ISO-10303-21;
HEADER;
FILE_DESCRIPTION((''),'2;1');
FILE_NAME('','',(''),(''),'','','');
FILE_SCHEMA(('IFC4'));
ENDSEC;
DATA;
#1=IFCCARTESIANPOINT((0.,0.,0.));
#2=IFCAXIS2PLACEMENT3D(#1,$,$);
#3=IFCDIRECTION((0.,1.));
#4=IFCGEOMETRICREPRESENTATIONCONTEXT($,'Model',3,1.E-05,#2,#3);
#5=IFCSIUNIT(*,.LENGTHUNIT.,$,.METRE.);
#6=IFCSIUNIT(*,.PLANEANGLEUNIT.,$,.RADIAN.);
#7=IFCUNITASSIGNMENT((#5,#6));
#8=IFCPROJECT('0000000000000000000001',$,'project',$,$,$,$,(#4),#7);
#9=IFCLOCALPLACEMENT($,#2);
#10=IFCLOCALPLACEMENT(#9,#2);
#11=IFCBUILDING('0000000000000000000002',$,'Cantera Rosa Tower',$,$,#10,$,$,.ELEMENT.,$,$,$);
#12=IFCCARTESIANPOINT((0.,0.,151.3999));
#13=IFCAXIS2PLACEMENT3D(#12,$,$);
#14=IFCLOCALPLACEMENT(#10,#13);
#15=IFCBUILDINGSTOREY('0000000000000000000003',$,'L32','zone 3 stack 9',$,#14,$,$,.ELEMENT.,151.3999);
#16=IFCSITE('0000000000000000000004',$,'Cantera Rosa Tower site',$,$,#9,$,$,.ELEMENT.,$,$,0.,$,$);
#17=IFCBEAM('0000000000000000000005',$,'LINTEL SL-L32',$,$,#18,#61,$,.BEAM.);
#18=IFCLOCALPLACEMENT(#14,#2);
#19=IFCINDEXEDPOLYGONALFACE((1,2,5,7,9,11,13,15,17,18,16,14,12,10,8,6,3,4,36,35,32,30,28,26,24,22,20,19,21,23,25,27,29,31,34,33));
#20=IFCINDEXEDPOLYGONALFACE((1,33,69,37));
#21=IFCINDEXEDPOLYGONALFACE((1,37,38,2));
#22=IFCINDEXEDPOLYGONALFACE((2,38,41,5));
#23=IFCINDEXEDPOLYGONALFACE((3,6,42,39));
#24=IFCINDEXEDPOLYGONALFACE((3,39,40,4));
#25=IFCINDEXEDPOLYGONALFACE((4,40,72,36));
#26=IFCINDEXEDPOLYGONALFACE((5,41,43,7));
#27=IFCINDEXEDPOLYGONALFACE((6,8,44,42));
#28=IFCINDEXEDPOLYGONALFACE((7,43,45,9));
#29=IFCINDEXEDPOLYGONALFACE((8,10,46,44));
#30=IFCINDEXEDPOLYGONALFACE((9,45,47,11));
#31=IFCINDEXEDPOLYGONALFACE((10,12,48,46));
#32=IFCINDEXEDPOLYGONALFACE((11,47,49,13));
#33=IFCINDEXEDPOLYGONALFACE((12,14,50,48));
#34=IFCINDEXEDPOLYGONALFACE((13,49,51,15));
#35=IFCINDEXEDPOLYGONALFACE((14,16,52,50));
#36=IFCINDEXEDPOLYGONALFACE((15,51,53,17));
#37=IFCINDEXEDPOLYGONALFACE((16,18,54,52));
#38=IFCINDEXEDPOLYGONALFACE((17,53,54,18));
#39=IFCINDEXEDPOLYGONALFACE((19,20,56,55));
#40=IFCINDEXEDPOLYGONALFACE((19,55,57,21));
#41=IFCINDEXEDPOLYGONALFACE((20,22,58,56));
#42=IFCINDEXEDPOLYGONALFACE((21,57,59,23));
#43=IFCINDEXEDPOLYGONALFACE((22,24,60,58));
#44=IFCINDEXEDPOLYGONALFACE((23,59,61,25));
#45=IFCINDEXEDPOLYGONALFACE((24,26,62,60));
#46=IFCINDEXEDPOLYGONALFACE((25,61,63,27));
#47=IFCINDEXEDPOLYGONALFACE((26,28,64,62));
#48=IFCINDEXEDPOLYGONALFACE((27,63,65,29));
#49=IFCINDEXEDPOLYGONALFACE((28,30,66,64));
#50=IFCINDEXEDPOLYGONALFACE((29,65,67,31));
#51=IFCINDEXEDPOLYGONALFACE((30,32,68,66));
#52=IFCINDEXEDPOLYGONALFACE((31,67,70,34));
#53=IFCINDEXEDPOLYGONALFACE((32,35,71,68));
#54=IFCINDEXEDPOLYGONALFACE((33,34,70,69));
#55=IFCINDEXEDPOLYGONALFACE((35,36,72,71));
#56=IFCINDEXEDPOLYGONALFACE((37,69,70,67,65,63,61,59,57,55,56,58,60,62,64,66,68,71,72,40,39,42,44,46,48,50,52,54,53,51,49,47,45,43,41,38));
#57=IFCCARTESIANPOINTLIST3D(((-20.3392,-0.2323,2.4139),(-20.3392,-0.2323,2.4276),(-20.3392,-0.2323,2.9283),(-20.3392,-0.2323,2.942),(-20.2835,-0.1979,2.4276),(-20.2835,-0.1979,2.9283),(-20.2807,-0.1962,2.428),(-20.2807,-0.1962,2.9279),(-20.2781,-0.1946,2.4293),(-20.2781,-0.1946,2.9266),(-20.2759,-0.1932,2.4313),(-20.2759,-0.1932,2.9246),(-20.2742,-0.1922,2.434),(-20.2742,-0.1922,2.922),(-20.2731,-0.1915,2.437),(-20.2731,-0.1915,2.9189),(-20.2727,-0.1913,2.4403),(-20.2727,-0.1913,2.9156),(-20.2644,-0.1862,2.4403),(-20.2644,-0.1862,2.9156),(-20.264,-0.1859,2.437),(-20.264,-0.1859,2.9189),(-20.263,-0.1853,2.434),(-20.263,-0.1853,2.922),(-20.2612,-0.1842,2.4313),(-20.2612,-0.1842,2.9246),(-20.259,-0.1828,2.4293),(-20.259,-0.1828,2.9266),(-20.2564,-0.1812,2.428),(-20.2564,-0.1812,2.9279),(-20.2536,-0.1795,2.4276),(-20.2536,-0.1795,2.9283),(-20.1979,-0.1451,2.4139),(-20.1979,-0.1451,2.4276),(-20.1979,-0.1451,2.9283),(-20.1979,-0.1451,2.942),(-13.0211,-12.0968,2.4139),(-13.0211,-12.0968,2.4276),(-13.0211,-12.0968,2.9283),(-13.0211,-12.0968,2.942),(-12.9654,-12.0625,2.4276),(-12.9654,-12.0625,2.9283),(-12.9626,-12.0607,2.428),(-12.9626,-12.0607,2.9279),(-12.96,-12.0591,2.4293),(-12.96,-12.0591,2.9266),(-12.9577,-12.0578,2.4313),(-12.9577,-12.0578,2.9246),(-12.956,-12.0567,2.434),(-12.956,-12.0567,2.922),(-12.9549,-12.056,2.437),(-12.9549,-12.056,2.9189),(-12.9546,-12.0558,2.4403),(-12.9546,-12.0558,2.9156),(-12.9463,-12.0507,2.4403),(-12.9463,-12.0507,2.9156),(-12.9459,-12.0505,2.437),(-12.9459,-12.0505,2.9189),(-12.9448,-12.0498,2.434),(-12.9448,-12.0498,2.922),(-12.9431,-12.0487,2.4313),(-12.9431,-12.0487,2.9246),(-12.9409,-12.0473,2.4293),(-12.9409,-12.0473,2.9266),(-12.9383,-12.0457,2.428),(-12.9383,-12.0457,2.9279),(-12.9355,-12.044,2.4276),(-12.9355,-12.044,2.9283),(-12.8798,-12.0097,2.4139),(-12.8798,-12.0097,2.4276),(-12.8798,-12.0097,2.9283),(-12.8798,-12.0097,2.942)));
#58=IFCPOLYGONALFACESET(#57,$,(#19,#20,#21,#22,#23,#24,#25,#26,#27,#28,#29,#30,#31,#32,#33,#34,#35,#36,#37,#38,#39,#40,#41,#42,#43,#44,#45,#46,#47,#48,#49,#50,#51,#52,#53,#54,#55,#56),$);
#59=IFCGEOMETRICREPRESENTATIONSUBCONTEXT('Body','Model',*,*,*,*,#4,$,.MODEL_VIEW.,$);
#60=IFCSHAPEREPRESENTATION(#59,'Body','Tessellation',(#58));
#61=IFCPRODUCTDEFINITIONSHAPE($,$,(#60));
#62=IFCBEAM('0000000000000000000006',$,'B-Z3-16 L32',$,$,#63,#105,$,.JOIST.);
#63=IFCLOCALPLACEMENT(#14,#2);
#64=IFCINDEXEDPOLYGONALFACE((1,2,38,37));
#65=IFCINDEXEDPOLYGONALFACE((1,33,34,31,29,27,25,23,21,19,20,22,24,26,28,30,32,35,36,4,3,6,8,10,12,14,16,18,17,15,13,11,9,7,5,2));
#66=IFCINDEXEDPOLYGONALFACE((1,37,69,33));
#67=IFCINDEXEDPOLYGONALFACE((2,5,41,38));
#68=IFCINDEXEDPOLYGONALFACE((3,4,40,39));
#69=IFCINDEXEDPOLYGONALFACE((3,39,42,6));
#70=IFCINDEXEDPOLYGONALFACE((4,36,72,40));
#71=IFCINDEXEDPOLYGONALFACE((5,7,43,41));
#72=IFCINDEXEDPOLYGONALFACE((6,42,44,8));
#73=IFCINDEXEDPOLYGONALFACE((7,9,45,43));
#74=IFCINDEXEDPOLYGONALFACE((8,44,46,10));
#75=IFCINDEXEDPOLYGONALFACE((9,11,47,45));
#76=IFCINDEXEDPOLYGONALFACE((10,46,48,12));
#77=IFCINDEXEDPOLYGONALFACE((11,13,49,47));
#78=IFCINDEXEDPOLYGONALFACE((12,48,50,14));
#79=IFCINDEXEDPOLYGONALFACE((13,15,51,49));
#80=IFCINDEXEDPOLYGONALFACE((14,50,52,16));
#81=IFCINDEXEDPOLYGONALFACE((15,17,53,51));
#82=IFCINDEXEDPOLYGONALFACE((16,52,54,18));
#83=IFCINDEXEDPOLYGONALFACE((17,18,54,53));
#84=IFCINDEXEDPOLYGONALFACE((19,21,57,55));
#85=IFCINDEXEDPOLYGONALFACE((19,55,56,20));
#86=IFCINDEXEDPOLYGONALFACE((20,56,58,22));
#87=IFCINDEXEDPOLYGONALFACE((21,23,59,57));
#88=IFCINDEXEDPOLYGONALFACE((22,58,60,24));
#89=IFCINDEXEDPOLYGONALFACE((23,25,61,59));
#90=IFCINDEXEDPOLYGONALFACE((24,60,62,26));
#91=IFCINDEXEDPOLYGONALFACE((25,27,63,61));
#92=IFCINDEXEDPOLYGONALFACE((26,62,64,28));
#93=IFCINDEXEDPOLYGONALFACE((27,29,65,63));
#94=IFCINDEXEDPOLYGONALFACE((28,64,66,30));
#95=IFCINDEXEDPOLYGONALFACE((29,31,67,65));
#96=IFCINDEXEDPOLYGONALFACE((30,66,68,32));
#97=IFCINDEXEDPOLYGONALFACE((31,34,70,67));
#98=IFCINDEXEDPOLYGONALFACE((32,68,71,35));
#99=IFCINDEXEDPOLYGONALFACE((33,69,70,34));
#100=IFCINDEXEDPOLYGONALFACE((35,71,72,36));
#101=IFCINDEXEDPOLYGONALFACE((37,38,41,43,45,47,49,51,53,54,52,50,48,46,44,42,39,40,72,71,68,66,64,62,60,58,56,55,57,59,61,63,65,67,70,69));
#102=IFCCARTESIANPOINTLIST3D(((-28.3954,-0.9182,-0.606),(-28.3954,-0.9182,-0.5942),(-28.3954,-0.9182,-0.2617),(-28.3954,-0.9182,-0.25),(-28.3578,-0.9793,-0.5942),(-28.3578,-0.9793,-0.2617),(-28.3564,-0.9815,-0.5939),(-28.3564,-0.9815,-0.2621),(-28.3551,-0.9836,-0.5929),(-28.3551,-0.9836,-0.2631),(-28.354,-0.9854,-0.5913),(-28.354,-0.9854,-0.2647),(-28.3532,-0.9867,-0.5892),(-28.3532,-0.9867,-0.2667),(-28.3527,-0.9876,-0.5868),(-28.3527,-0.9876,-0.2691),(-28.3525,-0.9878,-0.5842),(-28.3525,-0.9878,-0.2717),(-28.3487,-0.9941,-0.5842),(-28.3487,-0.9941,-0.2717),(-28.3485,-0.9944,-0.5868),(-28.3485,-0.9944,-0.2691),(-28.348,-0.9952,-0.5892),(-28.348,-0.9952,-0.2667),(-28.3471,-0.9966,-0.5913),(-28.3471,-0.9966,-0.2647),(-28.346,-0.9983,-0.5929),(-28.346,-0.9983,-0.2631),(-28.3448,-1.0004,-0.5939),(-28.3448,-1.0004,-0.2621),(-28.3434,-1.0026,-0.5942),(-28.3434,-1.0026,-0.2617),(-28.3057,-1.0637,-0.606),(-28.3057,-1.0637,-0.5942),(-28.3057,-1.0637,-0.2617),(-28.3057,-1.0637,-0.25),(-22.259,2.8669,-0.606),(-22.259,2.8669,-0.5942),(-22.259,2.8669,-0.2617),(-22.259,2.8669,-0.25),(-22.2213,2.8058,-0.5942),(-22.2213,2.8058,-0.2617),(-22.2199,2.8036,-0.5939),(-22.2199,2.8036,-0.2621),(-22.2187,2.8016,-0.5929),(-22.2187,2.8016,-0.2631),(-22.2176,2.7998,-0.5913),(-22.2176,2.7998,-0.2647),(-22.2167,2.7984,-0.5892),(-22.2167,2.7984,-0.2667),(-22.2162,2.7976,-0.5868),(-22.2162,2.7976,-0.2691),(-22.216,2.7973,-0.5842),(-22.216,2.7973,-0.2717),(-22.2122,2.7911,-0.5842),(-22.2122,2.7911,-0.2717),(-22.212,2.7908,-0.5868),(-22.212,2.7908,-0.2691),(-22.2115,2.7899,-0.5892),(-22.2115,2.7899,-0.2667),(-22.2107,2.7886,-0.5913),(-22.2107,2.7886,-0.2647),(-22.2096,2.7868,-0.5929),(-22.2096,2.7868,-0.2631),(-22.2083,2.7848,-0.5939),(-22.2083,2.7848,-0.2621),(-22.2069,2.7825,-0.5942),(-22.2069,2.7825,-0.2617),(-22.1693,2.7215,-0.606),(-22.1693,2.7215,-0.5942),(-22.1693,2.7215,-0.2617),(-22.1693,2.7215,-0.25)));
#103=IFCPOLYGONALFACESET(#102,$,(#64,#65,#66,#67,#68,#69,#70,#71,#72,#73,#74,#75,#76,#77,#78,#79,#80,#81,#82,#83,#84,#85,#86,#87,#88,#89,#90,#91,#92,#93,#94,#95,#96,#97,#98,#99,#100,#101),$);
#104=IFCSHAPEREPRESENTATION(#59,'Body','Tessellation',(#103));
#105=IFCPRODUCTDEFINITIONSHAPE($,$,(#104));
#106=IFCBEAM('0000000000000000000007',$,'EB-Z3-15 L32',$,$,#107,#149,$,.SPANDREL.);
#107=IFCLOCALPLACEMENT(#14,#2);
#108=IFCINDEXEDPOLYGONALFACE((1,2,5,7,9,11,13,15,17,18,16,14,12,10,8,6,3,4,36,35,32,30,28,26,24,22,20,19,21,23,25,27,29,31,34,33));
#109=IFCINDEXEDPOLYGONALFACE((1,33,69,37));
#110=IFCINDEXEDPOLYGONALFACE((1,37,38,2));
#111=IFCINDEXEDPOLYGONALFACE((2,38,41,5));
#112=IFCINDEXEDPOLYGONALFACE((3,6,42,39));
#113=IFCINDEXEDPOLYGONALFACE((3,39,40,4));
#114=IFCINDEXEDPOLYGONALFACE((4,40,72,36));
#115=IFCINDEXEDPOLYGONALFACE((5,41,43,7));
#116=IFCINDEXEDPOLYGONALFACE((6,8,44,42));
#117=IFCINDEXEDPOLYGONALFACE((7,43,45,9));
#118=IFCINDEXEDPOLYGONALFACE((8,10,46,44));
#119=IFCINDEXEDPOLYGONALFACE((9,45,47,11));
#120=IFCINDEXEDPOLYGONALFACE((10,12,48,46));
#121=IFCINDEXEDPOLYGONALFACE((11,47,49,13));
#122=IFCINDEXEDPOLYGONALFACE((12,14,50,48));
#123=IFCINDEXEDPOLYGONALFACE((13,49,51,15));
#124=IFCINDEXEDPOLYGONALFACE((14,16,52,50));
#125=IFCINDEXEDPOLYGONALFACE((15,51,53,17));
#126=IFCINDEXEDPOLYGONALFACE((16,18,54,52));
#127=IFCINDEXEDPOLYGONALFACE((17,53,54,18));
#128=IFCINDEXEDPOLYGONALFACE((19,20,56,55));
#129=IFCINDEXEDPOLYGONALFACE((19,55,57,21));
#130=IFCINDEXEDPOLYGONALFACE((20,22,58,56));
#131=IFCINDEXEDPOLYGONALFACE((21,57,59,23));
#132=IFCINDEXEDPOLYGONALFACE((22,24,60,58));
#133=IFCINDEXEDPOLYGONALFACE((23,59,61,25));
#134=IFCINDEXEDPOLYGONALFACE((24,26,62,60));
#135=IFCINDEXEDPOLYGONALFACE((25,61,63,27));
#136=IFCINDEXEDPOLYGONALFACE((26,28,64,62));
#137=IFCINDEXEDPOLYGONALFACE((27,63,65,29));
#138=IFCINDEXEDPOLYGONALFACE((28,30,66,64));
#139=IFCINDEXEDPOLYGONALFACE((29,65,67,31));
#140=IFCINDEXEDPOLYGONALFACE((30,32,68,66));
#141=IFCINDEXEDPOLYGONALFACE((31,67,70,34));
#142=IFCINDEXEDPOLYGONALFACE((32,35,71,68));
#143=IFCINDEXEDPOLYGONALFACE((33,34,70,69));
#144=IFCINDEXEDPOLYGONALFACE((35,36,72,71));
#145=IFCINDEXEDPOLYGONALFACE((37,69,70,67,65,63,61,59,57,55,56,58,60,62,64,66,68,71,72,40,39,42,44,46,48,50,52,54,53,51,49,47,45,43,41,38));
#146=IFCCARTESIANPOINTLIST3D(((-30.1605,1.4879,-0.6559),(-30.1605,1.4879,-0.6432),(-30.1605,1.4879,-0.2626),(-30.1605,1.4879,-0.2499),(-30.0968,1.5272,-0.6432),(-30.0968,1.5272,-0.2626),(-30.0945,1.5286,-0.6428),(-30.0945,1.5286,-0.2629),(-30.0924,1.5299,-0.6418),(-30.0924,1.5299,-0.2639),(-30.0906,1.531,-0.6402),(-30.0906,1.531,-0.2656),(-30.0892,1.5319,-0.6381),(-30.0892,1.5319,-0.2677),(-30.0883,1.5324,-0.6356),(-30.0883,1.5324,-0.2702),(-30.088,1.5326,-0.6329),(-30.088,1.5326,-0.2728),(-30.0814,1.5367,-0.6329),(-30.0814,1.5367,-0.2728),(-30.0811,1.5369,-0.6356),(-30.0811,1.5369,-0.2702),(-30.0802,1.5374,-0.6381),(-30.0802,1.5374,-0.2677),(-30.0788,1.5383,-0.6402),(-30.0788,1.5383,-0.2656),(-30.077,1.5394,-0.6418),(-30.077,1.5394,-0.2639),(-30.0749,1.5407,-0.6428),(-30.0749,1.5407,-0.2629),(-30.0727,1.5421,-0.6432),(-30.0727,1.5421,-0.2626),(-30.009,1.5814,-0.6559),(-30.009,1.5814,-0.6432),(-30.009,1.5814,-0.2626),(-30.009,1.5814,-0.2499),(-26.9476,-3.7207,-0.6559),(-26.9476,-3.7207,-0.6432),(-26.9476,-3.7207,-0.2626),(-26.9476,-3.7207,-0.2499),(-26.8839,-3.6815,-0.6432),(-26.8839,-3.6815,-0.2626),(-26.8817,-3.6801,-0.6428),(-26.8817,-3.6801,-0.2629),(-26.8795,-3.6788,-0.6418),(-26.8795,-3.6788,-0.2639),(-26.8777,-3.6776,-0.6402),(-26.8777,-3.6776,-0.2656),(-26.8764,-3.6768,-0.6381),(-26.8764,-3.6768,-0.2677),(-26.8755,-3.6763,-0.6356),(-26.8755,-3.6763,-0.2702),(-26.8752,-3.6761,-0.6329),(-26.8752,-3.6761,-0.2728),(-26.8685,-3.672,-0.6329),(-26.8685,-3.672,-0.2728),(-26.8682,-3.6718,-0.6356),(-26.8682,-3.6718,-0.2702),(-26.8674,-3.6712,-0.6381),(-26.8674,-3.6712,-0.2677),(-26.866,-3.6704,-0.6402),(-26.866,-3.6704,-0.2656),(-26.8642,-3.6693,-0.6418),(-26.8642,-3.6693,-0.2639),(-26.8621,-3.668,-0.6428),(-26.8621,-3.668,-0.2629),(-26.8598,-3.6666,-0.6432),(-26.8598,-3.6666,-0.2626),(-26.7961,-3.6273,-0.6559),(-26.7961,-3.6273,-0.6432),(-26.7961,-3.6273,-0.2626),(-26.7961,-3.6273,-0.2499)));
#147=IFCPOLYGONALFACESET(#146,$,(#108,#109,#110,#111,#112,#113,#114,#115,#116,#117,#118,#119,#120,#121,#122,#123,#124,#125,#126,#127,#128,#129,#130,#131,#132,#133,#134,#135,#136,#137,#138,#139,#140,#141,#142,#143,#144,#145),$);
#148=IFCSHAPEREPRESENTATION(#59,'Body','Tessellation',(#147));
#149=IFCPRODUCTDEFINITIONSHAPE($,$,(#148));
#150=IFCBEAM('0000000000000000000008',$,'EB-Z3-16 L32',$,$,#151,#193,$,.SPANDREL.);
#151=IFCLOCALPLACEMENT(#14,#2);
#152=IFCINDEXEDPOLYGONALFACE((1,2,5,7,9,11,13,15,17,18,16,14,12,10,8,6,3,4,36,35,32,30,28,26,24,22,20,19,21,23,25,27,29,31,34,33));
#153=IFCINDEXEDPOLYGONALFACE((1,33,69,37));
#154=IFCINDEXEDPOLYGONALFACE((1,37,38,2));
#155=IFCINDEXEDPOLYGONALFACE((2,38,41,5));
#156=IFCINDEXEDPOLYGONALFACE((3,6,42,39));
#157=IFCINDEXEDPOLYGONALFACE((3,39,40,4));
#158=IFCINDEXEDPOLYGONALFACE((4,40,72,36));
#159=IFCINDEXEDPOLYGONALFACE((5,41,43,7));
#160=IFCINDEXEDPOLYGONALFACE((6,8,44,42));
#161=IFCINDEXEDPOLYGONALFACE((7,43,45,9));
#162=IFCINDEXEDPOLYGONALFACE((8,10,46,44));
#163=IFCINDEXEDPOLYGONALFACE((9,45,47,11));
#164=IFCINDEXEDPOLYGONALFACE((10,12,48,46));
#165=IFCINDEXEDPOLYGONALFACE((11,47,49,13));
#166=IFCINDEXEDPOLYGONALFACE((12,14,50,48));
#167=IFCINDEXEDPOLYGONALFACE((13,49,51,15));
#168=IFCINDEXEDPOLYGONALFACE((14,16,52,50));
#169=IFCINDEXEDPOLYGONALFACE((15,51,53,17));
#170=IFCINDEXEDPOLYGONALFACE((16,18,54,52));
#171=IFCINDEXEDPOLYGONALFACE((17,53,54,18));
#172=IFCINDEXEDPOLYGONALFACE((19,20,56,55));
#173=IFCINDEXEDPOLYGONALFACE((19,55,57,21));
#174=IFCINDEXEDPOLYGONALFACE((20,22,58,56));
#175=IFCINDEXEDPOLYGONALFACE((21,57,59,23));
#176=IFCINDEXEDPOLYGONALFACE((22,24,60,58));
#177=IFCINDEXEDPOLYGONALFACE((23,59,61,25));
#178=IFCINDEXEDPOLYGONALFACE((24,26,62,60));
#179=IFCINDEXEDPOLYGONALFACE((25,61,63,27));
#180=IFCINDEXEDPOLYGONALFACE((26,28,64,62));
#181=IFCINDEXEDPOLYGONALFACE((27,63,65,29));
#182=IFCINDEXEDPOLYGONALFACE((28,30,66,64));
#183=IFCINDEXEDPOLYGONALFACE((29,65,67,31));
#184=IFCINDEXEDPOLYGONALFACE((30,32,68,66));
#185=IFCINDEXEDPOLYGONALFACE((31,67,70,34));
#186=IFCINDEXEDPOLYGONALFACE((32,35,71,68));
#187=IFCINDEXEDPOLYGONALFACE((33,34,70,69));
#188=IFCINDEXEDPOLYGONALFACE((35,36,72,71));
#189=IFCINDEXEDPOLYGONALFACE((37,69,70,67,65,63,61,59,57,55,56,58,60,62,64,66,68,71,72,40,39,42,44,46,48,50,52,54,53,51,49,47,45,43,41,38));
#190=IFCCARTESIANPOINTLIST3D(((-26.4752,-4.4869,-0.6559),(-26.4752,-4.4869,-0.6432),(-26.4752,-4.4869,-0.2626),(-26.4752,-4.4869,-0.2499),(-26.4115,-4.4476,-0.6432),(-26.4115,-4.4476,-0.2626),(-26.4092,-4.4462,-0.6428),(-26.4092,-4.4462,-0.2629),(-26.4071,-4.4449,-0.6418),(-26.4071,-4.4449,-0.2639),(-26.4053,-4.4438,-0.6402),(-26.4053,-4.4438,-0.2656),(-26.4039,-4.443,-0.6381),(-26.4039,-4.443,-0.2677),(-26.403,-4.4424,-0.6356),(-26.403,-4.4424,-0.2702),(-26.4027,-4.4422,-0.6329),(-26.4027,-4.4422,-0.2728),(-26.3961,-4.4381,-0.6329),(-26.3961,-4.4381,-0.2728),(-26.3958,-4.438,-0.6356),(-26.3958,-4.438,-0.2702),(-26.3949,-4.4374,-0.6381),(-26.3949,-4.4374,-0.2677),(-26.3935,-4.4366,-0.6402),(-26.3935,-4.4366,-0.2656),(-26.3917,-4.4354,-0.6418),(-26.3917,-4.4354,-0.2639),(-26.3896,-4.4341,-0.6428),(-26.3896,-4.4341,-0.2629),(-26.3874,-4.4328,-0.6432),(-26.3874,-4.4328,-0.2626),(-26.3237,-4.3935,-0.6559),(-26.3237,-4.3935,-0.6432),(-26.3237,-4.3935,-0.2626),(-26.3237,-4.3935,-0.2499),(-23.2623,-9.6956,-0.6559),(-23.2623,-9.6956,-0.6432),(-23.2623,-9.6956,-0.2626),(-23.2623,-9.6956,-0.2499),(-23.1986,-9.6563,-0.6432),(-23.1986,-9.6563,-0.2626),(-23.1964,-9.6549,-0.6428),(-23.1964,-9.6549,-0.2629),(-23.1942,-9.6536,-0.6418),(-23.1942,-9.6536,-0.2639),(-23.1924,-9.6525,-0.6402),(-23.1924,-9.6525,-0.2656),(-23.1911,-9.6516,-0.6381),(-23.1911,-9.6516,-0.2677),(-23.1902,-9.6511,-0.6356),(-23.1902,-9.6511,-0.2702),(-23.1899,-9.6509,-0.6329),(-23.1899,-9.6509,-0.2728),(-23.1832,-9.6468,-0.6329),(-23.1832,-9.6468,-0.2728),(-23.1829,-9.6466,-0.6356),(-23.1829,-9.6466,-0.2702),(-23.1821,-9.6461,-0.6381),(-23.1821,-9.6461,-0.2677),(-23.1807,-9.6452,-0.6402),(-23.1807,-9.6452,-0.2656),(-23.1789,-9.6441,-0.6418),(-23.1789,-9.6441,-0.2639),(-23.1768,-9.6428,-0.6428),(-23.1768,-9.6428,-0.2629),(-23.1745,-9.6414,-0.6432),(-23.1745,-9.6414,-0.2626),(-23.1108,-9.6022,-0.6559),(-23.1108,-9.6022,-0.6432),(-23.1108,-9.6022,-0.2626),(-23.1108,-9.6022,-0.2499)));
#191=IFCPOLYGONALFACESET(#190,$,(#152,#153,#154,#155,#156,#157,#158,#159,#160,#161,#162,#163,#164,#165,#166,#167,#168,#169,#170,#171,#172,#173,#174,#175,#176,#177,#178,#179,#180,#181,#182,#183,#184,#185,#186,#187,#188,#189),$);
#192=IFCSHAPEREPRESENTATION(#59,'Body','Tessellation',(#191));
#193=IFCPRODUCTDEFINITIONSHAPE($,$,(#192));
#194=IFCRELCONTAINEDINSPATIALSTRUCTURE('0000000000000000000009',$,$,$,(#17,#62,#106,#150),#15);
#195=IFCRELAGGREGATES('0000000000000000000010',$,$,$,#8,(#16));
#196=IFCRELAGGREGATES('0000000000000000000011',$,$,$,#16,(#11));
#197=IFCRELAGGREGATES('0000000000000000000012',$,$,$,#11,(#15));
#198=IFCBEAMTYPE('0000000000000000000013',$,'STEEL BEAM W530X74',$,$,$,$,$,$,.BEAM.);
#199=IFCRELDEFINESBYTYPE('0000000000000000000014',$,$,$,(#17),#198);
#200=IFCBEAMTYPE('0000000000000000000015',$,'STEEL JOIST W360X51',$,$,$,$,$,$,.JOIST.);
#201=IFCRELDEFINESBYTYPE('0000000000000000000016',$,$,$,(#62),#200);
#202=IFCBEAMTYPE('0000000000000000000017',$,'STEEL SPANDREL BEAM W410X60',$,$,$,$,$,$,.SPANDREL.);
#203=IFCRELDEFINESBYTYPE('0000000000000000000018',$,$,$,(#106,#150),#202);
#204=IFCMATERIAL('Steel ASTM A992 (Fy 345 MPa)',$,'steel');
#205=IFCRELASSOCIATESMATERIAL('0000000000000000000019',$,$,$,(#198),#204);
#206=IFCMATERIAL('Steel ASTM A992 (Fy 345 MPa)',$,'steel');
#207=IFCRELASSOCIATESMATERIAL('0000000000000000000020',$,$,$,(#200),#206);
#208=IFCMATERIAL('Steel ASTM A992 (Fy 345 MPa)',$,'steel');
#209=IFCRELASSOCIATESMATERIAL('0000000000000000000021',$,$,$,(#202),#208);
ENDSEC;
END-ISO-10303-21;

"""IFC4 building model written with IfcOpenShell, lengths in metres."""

from ifc_helpers import new_model, si_unit, direction, frame, origin, origin_2d, place, context, subcontext, project, spatial, i_section, extrude, material, material_profile, profile_set, type_object, element, save


model = new_model("IFC4")

# Units and contexts
model_context = context("Model", 3, precision=1e-05, world=origin(), true_north=direction((0.0, 1.0)))
body_context = subcontext(model_context, "Body", "Model", "MODEL_VIEW")
ifc_project = project(units=[si_unit("LENGTHUNIT", "METRE"), si_unit("PLANEANGLEUNIT", "RADIAN")], contexts=[model_context])

# Site, building, storey
site_placement = place(None, origin())
site = spatial("IfcSite", under=ifc_project, at=site_placement, Name="Cantera Rosa Tower site", CompositionType="ELEMENT", RefElevation=0.0)
building_placement = place(site_placement, origin())
building = spatial("IfcBuilding", under=site, at=building_placement, Name="Cantera Rosa Tower", CompositionType="ELEMENT")
storey_placement = place(building_placement, frame((0.0, 0.0, 151.3999)))
storey = spatial("IfcBuildingStorey", under=building, at=storey_placement, Name="L32", Description="zone 3 stack 9", CompositionType="ELEMENT", Elevation=151.3999)

# Beams
ifc_material_1 = material(Name="Steel ASTM A992 (Fy 345 MPa)", Category="steel")
ifc_material_profile_1 = material_profile(ifc_material_1, i_section(OverallWidth=0.166, OverallDepth=0.5281, WebThickness=0.0098, FlangeThickness=0.0137, FilletRadius=0.0127, at=origin_2d()), Name="W530X74")
ifc_profile_set_1 = profile_set([ifc_material_profile_1], Name="Steel ASTM A992 (Fy 345 MPa)")
beam_type_1 = type_object("IfcBeamType", Name="STEEL BEAM W530X74", PredefinedType="BEAM", material=ifc_profile_set_1)
beam_1_placement = place(storey_placement, frame((-20.2686, -0.1887, 2.678), z_axis=(0.524976, -0.851117, 0.0), x_axis=(0.851117, 0.524976, 0.0)))
element("IfcBeam", 1, at=beam_1_placement, inside=storey, type_object=beam_type_1, Name="LINTEL SL-L32", PredefinedType="BEAM", context=body_context, shape_type="SweptSolid", body=[
    extrude(i_section(OverallWidth=0.166, OverallDepth=0.5281, WebThickness=0.0098, FlangeThickness=0.0137, FilletRadius=0.0127, at=origin_2d()), origin(), (0.0, 0.0, 1.0), 13.9399),
])
ifc_material_2 = material(Name="Steel ASTM A992 (Fy 345 MPa)", Category="steel")
ifc_material_profile_2 = material_profile(ifc_material_2, i_section(OverallWidth=0.1709, OverallDepth=0.356, WebThickness=0.0073, FlangeThickness=0.0117, FilletRadius=0.01, at=origin_2d()), Name="W360X51")
ifc_profile_set_2 = profile_set([ifc_material_profile_2], Name="Steel ASTM A992 (Fy 345 MPa)")
beam_type_2 = type_object("IfcBeamType", Name="STEEL JOIST W360X51", PredefinedType="JOIST", material=ifc_profile_set_2)
beam_2_placement = place(storey_placement, frame((-28.3506, -0.991, -0.428), z_axis=(0.851109, 0.524989, 0.0), x_axis=(-0.524989, 0.851109, 0.0)))
element("IfcBeam", 2, at=beam_2_placement, inside=storey, type_object=beam_type_2, Name="B-Z3-16 L32", PredefinedType="JOIST", context=body_context, shape_type="SweptSolid", body=[
    extrude(i_section(OverallWidth=0.1709, OverallDepth=0.356, WebThickness=0.0073, FlangeThickness=0.0117, FilletRadius=0.01, at=origin_2d()), origin(), (0.0, 0.0, 1.0), 7.21),
])
ifc_material_3 = material(Name="Steel ASTM A992 (Fy 345 MPa)", Category="steel")
ifc_material_profile_3 = material_profile(ifc_material_3, i_section(OverallWidth=0.178, OverallDepth=0.406, WebThickness=0.0078, FlangeThickness=0.0127, FilletRadius=0.0103, at=origin_2d()), Name="W410X60")
ifc_profile_set_3 = profile_set([ifc_material_profile_3], Name="Steel ASTM A992 (Fy 345 MPa)")
beam_type_3 = type_object("IfcBeamType", Name="STEEL SPANDREL BEAM W410X60", PredefinedType="SPANDREL", material=ifc_profile_set_3)
for number, where, z_axis, x_axis, name in (
    (3, (-30.0847, 1.5347, -0.4529), (0.524987, -0.85111, 0.0), (0.85111, 0.524987, 0.0), "EB-Z3-15 L32"),
    (4, (-26.3994, -4.4402, -0.4529), (0.524987, -0.85111, 0.0), (0.85111, 0.524987, 0.0), "EB-Z3-16 L32"),
):
    element("IfcBeam", number, at=place(storey_placement, frame(where, z_axis=z_axis, x_axis=x_axis)), inside=storey, type_object=beam_type_3, Name=name, PredefinedType="SPANDREL", context=body_context, shape_type="SweptSolid", body=[
        extrude(i_section(OverallWidth=0.178, OverallDepth=0.406, WebThickness=0.0078, FlangeThickness=0.0127, FilletRadius=0.0103, at=origin_2d()), origin(), (0.0, 0.0, 1.0), 6.1199),
    ])

save(model, "model.ifc")
